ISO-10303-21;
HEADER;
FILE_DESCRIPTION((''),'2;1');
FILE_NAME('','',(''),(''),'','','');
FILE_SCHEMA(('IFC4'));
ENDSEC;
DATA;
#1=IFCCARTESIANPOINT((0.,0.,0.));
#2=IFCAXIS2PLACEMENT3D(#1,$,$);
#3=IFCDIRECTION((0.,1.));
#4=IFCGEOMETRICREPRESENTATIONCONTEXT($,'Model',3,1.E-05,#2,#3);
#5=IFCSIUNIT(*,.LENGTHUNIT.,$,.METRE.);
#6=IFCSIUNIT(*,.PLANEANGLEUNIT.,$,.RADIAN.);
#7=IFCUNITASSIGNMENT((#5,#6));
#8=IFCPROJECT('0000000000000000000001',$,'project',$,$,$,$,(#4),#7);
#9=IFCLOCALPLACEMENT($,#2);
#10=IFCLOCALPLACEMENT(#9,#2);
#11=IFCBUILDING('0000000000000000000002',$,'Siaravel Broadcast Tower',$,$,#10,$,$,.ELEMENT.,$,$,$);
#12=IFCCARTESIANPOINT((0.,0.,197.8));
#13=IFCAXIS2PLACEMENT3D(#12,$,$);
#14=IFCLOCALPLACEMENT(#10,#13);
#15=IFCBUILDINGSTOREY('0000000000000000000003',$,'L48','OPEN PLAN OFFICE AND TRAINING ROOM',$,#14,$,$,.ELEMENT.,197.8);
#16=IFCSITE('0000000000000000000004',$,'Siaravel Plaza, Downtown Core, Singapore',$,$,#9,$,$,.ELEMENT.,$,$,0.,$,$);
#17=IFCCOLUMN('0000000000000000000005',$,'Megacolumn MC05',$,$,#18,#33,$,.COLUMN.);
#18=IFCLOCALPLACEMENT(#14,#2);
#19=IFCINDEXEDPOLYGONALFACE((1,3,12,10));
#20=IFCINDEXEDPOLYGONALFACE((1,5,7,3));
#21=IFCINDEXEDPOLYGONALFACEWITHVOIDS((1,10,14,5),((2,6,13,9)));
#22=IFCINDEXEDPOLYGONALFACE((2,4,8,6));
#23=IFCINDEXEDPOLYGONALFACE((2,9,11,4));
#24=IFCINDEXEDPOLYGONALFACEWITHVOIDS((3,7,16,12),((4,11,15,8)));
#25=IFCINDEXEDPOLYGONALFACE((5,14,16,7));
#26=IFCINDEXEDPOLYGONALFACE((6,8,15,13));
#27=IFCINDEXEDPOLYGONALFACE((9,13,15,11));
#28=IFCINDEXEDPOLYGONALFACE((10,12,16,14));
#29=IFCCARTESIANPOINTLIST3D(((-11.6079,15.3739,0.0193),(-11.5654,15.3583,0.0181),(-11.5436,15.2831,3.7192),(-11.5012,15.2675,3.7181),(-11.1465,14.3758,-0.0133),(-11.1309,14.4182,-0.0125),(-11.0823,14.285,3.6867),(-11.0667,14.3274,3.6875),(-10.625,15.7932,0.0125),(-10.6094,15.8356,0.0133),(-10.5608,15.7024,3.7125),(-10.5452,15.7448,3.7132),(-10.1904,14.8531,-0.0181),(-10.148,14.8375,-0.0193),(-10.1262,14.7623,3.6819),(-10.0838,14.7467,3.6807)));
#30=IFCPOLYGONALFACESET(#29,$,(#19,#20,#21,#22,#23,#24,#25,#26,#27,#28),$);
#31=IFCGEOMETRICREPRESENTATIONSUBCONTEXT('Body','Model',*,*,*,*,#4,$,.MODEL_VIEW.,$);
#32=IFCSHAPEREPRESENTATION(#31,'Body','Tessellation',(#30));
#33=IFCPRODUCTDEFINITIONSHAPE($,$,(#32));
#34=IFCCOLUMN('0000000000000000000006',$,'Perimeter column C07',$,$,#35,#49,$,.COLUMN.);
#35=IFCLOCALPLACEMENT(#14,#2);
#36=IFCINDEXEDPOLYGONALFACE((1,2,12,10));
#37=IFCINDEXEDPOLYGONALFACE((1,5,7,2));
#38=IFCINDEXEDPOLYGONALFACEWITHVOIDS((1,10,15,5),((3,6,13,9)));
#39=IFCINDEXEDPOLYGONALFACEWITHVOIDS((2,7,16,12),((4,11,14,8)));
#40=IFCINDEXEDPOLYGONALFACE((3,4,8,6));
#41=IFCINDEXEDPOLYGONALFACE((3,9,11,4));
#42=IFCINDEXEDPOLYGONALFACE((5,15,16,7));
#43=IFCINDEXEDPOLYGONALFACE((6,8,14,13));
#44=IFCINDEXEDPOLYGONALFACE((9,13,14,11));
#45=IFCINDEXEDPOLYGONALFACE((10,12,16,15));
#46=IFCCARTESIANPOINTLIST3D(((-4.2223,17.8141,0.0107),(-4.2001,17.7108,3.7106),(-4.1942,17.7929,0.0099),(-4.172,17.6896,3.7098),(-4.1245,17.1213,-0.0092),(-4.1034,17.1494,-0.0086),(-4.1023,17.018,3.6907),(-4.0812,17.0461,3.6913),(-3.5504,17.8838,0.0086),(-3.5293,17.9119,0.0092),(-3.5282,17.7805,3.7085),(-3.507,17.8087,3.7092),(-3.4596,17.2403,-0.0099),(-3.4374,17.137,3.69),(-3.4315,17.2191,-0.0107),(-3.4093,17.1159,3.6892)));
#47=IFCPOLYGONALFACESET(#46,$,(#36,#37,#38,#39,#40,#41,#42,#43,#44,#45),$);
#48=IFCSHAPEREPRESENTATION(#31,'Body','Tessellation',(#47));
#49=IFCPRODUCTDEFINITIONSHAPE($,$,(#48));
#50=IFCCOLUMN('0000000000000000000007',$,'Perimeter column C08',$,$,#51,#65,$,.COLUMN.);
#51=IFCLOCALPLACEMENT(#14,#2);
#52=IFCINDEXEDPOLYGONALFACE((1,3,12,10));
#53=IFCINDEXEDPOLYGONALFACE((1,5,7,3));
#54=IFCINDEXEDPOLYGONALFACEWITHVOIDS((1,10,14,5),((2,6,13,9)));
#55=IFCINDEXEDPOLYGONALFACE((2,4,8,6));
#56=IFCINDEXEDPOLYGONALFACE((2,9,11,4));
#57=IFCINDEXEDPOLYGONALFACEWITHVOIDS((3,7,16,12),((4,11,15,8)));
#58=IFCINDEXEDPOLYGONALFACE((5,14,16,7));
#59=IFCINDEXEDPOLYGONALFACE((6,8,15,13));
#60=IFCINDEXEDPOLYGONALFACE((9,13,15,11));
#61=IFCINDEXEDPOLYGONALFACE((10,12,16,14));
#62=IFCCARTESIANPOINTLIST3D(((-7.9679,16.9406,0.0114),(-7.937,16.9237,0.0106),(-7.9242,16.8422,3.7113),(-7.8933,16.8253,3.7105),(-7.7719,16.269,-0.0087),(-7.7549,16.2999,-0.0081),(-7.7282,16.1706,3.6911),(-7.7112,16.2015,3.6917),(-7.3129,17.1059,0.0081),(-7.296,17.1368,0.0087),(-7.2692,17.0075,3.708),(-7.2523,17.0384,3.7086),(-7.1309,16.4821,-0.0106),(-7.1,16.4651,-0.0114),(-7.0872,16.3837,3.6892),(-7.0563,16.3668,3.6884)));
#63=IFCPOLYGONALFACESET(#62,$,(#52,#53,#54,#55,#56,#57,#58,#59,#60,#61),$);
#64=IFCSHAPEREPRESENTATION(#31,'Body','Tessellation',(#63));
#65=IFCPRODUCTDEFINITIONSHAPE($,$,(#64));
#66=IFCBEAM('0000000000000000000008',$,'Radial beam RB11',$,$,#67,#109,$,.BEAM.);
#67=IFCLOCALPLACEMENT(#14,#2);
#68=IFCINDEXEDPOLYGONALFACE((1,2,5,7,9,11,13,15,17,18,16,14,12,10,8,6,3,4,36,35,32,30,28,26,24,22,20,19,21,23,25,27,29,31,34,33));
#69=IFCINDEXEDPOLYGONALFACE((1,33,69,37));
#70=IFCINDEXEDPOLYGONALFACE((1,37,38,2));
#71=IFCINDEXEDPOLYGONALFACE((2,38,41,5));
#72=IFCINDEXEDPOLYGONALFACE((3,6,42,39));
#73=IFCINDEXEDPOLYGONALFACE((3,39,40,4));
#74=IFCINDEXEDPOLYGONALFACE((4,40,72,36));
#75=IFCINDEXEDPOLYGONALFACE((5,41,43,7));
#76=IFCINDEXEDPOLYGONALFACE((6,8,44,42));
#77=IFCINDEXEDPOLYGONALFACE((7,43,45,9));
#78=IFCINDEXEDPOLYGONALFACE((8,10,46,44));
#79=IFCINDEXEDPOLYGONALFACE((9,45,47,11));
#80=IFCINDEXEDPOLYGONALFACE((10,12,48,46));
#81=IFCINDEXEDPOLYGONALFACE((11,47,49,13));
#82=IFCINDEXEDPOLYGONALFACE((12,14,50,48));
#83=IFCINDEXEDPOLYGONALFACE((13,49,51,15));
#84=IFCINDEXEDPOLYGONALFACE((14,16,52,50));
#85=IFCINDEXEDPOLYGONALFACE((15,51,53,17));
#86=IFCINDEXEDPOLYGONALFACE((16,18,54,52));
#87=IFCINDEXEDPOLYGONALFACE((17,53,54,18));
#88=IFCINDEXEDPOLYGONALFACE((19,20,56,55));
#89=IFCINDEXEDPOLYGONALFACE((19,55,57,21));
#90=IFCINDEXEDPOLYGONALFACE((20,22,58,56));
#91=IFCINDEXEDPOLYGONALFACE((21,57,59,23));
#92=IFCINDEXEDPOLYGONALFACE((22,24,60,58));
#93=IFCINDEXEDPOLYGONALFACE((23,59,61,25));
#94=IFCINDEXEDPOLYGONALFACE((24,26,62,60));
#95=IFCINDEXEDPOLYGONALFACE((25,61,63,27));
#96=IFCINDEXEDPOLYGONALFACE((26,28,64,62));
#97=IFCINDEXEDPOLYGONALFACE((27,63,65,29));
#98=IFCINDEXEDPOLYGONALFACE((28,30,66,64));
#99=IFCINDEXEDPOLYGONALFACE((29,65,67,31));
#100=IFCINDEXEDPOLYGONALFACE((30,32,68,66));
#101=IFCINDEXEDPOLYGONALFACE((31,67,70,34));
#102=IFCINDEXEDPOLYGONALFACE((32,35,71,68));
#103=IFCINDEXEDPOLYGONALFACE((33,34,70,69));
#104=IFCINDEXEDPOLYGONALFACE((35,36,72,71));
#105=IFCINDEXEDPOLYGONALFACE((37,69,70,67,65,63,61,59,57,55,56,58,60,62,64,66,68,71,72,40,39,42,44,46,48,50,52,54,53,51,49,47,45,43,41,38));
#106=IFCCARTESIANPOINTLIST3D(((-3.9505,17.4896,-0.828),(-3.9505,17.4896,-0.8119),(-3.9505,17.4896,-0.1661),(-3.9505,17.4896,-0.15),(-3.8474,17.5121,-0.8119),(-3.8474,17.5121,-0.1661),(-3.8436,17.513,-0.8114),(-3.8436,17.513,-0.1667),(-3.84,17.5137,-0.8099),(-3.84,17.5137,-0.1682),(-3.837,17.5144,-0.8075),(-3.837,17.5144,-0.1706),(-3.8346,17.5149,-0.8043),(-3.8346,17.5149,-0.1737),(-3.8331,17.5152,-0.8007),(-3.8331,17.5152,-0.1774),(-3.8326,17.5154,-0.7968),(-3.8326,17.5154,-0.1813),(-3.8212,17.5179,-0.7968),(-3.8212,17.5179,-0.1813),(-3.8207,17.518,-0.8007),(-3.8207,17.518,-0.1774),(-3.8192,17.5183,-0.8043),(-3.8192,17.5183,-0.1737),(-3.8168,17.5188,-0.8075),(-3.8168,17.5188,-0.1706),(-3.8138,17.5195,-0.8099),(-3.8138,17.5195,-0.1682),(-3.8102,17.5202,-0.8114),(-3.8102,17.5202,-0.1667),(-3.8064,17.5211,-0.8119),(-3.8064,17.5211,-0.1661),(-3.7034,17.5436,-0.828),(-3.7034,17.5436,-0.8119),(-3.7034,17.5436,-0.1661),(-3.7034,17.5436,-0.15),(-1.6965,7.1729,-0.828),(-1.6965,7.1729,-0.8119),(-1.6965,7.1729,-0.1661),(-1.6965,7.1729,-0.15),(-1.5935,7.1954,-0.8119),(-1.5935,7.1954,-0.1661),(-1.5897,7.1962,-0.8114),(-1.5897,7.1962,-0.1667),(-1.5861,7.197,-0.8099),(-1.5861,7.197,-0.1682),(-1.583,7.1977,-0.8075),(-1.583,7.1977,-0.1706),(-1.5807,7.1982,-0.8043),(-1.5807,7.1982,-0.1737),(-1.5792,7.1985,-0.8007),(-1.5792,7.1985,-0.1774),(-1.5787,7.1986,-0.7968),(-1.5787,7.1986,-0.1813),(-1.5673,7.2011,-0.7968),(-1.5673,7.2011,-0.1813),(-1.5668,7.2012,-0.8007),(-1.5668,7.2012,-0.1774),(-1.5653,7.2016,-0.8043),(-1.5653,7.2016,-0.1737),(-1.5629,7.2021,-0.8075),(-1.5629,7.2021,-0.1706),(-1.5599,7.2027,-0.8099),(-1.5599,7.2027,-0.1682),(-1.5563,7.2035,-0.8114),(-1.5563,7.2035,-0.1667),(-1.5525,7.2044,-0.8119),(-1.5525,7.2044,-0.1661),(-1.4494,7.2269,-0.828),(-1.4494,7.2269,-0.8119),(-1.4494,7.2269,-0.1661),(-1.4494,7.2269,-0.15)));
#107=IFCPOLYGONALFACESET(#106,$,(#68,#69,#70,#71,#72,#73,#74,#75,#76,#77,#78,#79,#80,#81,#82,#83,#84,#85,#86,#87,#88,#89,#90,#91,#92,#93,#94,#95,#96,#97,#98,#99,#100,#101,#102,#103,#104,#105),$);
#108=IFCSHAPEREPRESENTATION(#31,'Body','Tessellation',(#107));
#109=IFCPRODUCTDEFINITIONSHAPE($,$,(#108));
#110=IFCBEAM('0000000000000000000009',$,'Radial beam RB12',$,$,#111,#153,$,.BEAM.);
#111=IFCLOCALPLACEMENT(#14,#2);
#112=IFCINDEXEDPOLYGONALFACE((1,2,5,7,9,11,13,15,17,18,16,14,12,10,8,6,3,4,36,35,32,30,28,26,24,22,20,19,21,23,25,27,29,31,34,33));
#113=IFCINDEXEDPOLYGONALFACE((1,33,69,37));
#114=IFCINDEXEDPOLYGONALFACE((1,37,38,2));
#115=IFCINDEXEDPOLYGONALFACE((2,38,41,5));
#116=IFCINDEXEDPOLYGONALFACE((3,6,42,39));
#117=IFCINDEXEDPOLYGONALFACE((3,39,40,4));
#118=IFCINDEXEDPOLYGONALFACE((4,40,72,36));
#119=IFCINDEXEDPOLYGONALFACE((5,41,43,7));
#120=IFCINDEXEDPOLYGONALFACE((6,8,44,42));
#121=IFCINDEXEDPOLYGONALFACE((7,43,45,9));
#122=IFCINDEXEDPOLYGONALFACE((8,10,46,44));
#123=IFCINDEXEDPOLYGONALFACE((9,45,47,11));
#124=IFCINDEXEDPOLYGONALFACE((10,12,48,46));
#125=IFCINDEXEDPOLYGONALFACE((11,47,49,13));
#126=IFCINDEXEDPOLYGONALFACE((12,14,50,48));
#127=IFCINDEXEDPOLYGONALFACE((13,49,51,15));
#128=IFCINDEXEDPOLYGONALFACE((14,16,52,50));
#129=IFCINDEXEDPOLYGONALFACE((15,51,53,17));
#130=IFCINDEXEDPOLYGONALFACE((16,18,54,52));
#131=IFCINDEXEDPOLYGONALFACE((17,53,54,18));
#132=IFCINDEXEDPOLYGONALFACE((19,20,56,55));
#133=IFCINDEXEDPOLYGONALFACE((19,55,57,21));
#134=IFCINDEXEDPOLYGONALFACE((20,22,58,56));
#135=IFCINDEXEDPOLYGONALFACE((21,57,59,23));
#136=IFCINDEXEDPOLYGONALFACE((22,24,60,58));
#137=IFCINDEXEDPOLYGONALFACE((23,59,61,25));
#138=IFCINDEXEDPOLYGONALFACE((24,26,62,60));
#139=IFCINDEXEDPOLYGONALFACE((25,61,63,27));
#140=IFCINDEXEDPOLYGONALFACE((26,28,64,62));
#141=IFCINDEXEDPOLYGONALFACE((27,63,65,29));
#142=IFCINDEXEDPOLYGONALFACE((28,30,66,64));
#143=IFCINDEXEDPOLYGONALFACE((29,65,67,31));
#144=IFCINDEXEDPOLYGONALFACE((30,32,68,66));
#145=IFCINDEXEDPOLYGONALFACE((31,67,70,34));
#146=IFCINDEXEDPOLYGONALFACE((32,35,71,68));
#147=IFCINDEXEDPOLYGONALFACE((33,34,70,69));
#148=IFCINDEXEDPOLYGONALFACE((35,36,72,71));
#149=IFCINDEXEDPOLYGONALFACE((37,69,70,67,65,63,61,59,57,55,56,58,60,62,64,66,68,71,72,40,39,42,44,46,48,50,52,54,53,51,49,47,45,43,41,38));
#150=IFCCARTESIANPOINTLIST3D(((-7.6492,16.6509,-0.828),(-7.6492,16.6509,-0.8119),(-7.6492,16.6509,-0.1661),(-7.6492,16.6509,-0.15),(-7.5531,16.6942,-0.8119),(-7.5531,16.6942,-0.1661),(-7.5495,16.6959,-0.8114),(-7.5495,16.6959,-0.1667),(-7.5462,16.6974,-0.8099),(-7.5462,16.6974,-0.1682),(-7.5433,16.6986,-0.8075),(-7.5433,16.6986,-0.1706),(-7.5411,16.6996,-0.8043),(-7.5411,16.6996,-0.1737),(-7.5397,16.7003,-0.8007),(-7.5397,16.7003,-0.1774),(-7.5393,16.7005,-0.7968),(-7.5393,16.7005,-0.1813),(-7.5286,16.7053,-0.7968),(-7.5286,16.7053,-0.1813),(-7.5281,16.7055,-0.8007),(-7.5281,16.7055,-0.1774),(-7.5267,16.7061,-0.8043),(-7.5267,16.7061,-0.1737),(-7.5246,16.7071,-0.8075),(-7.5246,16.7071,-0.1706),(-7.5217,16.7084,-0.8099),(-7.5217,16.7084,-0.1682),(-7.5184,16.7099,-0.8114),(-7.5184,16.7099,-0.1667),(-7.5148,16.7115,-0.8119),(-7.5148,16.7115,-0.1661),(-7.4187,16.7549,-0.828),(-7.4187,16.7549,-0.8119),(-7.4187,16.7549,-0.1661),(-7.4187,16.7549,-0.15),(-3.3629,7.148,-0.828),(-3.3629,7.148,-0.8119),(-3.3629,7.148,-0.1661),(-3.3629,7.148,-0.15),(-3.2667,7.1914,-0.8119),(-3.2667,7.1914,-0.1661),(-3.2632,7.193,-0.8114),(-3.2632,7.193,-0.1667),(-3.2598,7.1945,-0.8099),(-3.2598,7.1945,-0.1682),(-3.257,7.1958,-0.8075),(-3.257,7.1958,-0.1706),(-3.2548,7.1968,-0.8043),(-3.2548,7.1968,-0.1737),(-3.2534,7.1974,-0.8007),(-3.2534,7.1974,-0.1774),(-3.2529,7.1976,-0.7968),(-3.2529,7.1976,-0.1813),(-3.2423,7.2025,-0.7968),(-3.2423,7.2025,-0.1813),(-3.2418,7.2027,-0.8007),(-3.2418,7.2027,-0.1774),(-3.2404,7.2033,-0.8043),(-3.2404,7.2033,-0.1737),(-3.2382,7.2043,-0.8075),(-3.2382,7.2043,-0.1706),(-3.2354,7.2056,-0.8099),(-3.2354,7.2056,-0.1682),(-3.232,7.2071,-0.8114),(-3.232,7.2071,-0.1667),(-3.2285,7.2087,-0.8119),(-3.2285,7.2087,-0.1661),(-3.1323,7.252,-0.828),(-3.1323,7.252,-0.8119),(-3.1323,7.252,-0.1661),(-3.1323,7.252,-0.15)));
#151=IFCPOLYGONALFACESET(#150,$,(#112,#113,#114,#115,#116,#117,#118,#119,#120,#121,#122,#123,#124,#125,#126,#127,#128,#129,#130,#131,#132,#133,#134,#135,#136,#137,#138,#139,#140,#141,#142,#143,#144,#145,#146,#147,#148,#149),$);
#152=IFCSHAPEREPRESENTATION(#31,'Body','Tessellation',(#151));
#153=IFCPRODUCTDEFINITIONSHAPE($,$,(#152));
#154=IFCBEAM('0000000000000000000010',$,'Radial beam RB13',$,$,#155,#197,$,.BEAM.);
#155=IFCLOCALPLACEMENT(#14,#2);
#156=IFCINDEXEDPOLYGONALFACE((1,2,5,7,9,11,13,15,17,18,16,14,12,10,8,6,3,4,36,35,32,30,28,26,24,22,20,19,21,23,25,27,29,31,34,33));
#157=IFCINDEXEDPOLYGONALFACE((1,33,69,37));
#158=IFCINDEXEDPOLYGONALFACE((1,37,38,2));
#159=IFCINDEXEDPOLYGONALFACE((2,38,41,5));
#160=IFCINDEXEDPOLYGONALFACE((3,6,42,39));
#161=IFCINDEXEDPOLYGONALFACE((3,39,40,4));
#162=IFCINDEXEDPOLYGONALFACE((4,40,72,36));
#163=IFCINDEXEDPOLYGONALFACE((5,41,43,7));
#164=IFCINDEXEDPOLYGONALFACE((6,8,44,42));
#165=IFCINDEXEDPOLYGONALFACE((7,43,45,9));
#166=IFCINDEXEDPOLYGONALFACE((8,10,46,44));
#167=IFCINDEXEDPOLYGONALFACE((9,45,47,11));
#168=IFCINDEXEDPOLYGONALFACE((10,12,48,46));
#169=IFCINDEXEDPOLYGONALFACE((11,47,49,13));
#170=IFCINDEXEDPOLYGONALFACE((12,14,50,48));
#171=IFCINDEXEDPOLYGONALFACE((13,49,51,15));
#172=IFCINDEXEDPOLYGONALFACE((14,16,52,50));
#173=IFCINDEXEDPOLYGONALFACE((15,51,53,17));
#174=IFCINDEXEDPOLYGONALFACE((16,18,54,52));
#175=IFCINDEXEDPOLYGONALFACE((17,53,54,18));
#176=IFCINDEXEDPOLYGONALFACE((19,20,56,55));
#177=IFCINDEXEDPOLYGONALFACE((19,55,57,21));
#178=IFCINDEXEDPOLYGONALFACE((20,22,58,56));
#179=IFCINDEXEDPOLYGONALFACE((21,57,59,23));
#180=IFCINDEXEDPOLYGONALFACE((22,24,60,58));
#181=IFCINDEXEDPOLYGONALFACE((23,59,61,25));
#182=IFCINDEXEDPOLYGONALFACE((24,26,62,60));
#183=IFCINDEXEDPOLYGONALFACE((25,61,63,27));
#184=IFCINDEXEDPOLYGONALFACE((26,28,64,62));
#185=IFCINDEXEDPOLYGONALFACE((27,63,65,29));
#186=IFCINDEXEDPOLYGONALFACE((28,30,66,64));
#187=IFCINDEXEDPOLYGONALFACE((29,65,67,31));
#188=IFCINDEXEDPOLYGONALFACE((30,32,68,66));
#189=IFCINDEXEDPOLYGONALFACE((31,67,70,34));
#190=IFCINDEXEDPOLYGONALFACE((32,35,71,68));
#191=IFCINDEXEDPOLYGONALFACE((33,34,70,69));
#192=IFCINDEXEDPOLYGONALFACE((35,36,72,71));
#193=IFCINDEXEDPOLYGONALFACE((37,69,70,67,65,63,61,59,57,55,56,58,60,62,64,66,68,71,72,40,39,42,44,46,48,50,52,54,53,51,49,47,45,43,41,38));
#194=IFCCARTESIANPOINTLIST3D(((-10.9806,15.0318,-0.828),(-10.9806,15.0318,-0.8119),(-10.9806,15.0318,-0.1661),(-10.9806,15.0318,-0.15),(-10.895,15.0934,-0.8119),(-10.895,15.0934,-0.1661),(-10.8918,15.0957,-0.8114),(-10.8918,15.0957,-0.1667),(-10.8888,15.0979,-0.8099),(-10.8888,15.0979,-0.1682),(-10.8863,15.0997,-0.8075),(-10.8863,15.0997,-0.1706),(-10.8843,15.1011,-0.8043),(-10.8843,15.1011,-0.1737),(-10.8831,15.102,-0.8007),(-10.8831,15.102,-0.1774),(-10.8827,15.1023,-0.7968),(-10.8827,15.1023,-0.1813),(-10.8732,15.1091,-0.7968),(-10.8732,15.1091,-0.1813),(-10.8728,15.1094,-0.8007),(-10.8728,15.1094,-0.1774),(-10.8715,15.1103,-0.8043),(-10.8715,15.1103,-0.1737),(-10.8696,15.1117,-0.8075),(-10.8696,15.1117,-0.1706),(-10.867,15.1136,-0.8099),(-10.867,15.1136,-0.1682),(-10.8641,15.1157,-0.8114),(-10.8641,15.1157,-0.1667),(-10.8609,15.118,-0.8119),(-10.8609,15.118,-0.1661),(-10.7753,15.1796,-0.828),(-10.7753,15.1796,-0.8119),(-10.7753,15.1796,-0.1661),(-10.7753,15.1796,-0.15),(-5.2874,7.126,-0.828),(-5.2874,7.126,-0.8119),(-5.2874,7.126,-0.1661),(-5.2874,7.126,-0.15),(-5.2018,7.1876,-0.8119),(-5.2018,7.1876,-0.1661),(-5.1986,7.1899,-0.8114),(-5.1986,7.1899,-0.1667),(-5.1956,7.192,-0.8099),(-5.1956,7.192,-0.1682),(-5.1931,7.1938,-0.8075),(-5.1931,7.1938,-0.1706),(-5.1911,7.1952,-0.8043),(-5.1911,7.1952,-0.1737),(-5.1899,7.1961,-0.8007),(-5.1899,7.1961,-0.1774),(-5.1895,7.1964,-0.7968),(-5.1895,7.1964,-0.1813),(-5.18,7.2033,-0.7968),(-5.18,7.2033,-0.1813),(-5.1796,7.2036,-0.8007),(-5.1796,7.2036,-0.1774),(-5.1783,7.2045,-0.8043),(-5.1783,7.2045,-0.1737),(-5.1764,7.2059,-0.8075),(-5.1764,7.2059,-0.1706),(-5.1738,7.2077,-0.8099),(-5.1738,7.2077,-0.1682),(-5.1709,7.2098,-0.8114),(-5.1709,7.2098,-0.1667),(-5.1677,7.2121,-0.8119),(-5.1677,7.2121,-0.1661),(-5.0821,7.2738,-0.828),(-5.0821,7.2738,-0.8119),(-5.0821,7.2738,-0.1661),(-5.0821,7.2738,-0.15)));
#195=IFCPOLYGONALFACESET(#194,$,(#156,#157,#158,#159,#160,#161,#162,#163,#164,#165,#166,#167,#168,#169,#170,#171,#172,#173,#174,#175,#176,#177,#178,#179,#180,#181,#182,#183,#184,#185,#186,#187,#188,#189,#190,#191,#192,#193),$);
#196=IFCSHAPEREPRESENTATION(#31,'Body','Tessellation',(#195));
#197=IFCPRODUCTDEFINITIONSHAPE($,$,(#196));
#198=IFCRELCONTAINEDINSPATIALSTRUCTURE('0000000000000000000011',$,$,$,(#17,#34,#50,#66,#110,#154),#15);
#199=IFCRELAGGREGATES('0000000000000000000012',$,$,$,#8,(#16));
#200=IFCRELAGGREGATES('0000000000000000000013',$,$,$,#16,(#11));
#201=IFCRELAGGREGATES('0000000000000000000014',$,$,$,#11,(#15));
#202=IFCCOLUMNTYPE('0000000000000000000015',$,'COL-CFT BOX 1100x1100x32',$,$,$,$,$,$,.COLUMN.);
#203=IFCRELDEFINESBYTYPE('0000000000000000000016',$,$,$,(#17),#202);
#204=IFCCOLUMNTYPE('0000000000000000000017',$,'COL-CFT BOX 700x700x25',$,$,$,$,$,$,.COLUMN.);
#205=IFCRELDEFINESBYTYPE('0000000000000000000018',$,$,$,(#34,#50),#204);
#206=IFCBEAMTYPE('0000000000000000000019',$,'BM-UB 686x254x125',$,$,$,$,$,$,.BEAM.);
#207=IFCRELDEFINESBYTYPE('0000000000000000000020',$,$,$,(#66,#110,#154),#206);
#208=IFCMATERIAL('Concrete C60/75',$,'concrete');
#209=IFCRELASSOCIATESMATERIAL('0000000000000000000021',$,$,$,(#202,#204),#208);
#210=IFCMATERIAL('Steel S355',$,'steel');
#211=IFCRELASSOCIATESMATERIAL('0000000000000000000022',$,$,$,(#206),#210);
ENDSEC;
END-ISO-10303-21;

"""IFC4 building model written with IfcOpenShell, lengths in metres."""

from ifc_helpers import new_model, si_unit, direction, frame, origin, origin_2d, place, context, subcontext, project, spatial, hollow_rectangle, i_section, extrude, material, material_profile, profile_set, type_object, element, save


model = new_model("IFC4")

# Units and contexts
model_context = context("Model", 3, precision=1e-05, world=origin(), true_north=direction((0.0, 1.0)))
body_context = subcontext(model_context, "Body", "Model", "MODEL_VIEW")
ifc_project = project(units=[si_unit("LENGTHUNIT", "METRE"), si_unit("PLANEANGLEUNIT", "RADIAN")], contexts=[model_context])

# Site, building, storey
site_placement = place(None, origin())
site = spatial("IfcSite", under=ifc_project, at=site_placement, Name="Siaravel Plaza, Downtown Core, Singapore", CompositionType="ELEMENT", RefElevation=0.0)
building_placement = place(site_placement, origin())
building = spatial("IfcBuilding", under=site, at=building_placement, Name="Siaravel Broadcast Tower", CompositionType="ELEMENT")
storey_placement = place(building_placement, frame((0.0, 0.0, 197.8)))
storey = spatial("IfcBuildingStorey", under=building, at=storey_placement, Name="L48", Description="OPEN PLAN OFFICE AND TRAINING ROOM", CompositionType="ELEMENT", Elevation=197.8)

# Columns
ifc_material_1 = material(Name="Concrete C60/75", Category="concrete")
ifc_material_profile_1 = material_profile(ifc_material_1, hollow_rectangle(XDim=1.1001, YDim=1.1001, WallThickness=0.032, at=origin_2d()))
ifc_profile_set_1 = profile_set([ifc_material_profile_1], Name="Concrete C60/75")
column_type_1 = type_object("IfcColumnType", Name="COL-CFT BOX 1100x1100x32", PredefinedType="COLUMN", material=ifc_profile_set_1)
column_placement = place(storey_placement, frame((-10.8779, 15.1057, 0.0), z_axis=(0.017346, -0.024535, 0.999548), x_axis=(0.907643, 0.419707, -0.005449)))
element("IfcColumn", 1, at=column_placement, inside=storey, type_object=column_type_1, Name="Megacolumn MC05", PredefinedType="COLUMN", context=body_context, shape_type="SweptSolid", body=[
    extrude(hollow_rectangle(XDim=1.1001, YDim=1.1001, WallThickness=0.032, at=origin_2d()), origin(), (0.0, 0.0, 1.0), 3.7017),
])
ifc_material_profile_2 = material_profile(ifc_material_1, hollow_rectangle(XDim=0.7, YDim=0.7, WallThickness=0.0249, at=origin_2d()))
ifc_profile_set_2 = profile_set([ifc_material_profile_2], Name="Concrete C60/75")
column_type_2 = type_object("IfcColumnType", Name="COL-CFT BOX 700x700x25", PredefinedType="COLUMN", material=ifc_profile_set_2)
for number, where, z_axis, x_axis, name in (
    (2, (-3.8269, 17.5166, 0.0), (0.006002, -0.0279, 0.999593), (0.990174, 0.139824, -0.002043), "Perimeter column C07"),
    (3, (-7.5339, 16.7029, 0.0), (0.011806, -0.026581, 0.999577), (0.959918, 0.280254, -0.003885), "Perimeter column C08"),
):
    element("IfcColumn", number, at=place(storey_placement, frame(where, z_axis=z_axis, x_axis=x_axis)), inside=storey, type_object=column_type_2, Name=name, PredefinedType="COLUMN", context=body_context, shape_type="SweptSolid", body=[
        extrude(hollow_rectangle(XDim=0.7, YDim=0.7, WallThickness=0.0249, at=origin_2d()), origin(), (0.0, 0.0, 1.0), 3.7014),
    ])

# Beams
ifc_material_2 = material(Name="Steel S355", Category="steel")
ifc_material_profile_3 = material_profile(ifc_material_2, i_section(OverallWidth=0.2529, OverallDepth=0.678, WebThickness=0.0117, FlangeThickness=0.0161, FilletRadius=0.0151, at=origin_2d()))
ifc_profile_set_3 = profile_set([ifc_material_profile_3], Name="Steel S355")
beam_type = type_object("IfcBeamType", Name="BM-UB 686x254x125", PredefinedType="BEAM", material=ifc_profile_set_3)
beam_1_placement = place(storey_placement, frame((-3.8269, 17.5166, -0.489), z_axis=(0.213438, -0.976957, 0.0), x_axis=(0.976957, 0.213438, 0.0)))
element("IfcBeam", 4, at=beam_1_placement, inside=storey, type_object=beam_type, Name="Radial beam RB11", PredefinedType="BEAM", context=body_context, shape_type="SweptSolid", body=[
    extrude(i_section(OverallWidth=0.2529, OverallDepth=0.678, WebThickness=0.0117, FlangeThickness=0.0161, FilletRadius=0.0151, at=origin_2d()), origin(), (0.0, 0.0, 1.0), 10.5601),
])
beam_2_placement = place(storey_placement, frame((-7.5339, 16.7029, -0.489), z_axis=(0.411167, -0.91156, 0.0), x_axis=(0.91156, 0.411167, 0.0)))
element("IfcBeam", 5, at=beam_2_placement, inside=storey, type_object=beam_type, Name="Radial beam RB12", PredefinedType="BEAM", context=body_context, shape_type="SweptSolid", body=[
    extrude(i_section(OverallWidth=0.2529, OverallDepth=0.678, WebThickness=0.0117, FlangeThickness=0.0161, FilletRadius=0.0151, at=origin_2d()), origin(), (0.0, 0.0, 1.0), 10.4248),
])
beam_3_placement = place(storey_placement, frame((-10.8779, 15.1057, -0.489), z_axis=(0.58437, -0.811487, 0.0), x_axis=(0.811487, 0.58437, 0.0)))
element("IfcBeam", 6, at=beam_3_placement, inside=storey, type_object=beam_type, Name="Radial beam RB13", PredefinedType="BEAM", context=body_context, shape_type="SweptSolid", body=[
    extrude(i_section(OverallWidth=0.2529, OverallDepth=0.678, WebThickness=0.0117, FlangeThickness=0.0161, FilletRadius=0.0151, at=origin_2d()), origin(), (0.0, 0.0, 1.0), 9.7424),
])

save(model, "model.ifc")
